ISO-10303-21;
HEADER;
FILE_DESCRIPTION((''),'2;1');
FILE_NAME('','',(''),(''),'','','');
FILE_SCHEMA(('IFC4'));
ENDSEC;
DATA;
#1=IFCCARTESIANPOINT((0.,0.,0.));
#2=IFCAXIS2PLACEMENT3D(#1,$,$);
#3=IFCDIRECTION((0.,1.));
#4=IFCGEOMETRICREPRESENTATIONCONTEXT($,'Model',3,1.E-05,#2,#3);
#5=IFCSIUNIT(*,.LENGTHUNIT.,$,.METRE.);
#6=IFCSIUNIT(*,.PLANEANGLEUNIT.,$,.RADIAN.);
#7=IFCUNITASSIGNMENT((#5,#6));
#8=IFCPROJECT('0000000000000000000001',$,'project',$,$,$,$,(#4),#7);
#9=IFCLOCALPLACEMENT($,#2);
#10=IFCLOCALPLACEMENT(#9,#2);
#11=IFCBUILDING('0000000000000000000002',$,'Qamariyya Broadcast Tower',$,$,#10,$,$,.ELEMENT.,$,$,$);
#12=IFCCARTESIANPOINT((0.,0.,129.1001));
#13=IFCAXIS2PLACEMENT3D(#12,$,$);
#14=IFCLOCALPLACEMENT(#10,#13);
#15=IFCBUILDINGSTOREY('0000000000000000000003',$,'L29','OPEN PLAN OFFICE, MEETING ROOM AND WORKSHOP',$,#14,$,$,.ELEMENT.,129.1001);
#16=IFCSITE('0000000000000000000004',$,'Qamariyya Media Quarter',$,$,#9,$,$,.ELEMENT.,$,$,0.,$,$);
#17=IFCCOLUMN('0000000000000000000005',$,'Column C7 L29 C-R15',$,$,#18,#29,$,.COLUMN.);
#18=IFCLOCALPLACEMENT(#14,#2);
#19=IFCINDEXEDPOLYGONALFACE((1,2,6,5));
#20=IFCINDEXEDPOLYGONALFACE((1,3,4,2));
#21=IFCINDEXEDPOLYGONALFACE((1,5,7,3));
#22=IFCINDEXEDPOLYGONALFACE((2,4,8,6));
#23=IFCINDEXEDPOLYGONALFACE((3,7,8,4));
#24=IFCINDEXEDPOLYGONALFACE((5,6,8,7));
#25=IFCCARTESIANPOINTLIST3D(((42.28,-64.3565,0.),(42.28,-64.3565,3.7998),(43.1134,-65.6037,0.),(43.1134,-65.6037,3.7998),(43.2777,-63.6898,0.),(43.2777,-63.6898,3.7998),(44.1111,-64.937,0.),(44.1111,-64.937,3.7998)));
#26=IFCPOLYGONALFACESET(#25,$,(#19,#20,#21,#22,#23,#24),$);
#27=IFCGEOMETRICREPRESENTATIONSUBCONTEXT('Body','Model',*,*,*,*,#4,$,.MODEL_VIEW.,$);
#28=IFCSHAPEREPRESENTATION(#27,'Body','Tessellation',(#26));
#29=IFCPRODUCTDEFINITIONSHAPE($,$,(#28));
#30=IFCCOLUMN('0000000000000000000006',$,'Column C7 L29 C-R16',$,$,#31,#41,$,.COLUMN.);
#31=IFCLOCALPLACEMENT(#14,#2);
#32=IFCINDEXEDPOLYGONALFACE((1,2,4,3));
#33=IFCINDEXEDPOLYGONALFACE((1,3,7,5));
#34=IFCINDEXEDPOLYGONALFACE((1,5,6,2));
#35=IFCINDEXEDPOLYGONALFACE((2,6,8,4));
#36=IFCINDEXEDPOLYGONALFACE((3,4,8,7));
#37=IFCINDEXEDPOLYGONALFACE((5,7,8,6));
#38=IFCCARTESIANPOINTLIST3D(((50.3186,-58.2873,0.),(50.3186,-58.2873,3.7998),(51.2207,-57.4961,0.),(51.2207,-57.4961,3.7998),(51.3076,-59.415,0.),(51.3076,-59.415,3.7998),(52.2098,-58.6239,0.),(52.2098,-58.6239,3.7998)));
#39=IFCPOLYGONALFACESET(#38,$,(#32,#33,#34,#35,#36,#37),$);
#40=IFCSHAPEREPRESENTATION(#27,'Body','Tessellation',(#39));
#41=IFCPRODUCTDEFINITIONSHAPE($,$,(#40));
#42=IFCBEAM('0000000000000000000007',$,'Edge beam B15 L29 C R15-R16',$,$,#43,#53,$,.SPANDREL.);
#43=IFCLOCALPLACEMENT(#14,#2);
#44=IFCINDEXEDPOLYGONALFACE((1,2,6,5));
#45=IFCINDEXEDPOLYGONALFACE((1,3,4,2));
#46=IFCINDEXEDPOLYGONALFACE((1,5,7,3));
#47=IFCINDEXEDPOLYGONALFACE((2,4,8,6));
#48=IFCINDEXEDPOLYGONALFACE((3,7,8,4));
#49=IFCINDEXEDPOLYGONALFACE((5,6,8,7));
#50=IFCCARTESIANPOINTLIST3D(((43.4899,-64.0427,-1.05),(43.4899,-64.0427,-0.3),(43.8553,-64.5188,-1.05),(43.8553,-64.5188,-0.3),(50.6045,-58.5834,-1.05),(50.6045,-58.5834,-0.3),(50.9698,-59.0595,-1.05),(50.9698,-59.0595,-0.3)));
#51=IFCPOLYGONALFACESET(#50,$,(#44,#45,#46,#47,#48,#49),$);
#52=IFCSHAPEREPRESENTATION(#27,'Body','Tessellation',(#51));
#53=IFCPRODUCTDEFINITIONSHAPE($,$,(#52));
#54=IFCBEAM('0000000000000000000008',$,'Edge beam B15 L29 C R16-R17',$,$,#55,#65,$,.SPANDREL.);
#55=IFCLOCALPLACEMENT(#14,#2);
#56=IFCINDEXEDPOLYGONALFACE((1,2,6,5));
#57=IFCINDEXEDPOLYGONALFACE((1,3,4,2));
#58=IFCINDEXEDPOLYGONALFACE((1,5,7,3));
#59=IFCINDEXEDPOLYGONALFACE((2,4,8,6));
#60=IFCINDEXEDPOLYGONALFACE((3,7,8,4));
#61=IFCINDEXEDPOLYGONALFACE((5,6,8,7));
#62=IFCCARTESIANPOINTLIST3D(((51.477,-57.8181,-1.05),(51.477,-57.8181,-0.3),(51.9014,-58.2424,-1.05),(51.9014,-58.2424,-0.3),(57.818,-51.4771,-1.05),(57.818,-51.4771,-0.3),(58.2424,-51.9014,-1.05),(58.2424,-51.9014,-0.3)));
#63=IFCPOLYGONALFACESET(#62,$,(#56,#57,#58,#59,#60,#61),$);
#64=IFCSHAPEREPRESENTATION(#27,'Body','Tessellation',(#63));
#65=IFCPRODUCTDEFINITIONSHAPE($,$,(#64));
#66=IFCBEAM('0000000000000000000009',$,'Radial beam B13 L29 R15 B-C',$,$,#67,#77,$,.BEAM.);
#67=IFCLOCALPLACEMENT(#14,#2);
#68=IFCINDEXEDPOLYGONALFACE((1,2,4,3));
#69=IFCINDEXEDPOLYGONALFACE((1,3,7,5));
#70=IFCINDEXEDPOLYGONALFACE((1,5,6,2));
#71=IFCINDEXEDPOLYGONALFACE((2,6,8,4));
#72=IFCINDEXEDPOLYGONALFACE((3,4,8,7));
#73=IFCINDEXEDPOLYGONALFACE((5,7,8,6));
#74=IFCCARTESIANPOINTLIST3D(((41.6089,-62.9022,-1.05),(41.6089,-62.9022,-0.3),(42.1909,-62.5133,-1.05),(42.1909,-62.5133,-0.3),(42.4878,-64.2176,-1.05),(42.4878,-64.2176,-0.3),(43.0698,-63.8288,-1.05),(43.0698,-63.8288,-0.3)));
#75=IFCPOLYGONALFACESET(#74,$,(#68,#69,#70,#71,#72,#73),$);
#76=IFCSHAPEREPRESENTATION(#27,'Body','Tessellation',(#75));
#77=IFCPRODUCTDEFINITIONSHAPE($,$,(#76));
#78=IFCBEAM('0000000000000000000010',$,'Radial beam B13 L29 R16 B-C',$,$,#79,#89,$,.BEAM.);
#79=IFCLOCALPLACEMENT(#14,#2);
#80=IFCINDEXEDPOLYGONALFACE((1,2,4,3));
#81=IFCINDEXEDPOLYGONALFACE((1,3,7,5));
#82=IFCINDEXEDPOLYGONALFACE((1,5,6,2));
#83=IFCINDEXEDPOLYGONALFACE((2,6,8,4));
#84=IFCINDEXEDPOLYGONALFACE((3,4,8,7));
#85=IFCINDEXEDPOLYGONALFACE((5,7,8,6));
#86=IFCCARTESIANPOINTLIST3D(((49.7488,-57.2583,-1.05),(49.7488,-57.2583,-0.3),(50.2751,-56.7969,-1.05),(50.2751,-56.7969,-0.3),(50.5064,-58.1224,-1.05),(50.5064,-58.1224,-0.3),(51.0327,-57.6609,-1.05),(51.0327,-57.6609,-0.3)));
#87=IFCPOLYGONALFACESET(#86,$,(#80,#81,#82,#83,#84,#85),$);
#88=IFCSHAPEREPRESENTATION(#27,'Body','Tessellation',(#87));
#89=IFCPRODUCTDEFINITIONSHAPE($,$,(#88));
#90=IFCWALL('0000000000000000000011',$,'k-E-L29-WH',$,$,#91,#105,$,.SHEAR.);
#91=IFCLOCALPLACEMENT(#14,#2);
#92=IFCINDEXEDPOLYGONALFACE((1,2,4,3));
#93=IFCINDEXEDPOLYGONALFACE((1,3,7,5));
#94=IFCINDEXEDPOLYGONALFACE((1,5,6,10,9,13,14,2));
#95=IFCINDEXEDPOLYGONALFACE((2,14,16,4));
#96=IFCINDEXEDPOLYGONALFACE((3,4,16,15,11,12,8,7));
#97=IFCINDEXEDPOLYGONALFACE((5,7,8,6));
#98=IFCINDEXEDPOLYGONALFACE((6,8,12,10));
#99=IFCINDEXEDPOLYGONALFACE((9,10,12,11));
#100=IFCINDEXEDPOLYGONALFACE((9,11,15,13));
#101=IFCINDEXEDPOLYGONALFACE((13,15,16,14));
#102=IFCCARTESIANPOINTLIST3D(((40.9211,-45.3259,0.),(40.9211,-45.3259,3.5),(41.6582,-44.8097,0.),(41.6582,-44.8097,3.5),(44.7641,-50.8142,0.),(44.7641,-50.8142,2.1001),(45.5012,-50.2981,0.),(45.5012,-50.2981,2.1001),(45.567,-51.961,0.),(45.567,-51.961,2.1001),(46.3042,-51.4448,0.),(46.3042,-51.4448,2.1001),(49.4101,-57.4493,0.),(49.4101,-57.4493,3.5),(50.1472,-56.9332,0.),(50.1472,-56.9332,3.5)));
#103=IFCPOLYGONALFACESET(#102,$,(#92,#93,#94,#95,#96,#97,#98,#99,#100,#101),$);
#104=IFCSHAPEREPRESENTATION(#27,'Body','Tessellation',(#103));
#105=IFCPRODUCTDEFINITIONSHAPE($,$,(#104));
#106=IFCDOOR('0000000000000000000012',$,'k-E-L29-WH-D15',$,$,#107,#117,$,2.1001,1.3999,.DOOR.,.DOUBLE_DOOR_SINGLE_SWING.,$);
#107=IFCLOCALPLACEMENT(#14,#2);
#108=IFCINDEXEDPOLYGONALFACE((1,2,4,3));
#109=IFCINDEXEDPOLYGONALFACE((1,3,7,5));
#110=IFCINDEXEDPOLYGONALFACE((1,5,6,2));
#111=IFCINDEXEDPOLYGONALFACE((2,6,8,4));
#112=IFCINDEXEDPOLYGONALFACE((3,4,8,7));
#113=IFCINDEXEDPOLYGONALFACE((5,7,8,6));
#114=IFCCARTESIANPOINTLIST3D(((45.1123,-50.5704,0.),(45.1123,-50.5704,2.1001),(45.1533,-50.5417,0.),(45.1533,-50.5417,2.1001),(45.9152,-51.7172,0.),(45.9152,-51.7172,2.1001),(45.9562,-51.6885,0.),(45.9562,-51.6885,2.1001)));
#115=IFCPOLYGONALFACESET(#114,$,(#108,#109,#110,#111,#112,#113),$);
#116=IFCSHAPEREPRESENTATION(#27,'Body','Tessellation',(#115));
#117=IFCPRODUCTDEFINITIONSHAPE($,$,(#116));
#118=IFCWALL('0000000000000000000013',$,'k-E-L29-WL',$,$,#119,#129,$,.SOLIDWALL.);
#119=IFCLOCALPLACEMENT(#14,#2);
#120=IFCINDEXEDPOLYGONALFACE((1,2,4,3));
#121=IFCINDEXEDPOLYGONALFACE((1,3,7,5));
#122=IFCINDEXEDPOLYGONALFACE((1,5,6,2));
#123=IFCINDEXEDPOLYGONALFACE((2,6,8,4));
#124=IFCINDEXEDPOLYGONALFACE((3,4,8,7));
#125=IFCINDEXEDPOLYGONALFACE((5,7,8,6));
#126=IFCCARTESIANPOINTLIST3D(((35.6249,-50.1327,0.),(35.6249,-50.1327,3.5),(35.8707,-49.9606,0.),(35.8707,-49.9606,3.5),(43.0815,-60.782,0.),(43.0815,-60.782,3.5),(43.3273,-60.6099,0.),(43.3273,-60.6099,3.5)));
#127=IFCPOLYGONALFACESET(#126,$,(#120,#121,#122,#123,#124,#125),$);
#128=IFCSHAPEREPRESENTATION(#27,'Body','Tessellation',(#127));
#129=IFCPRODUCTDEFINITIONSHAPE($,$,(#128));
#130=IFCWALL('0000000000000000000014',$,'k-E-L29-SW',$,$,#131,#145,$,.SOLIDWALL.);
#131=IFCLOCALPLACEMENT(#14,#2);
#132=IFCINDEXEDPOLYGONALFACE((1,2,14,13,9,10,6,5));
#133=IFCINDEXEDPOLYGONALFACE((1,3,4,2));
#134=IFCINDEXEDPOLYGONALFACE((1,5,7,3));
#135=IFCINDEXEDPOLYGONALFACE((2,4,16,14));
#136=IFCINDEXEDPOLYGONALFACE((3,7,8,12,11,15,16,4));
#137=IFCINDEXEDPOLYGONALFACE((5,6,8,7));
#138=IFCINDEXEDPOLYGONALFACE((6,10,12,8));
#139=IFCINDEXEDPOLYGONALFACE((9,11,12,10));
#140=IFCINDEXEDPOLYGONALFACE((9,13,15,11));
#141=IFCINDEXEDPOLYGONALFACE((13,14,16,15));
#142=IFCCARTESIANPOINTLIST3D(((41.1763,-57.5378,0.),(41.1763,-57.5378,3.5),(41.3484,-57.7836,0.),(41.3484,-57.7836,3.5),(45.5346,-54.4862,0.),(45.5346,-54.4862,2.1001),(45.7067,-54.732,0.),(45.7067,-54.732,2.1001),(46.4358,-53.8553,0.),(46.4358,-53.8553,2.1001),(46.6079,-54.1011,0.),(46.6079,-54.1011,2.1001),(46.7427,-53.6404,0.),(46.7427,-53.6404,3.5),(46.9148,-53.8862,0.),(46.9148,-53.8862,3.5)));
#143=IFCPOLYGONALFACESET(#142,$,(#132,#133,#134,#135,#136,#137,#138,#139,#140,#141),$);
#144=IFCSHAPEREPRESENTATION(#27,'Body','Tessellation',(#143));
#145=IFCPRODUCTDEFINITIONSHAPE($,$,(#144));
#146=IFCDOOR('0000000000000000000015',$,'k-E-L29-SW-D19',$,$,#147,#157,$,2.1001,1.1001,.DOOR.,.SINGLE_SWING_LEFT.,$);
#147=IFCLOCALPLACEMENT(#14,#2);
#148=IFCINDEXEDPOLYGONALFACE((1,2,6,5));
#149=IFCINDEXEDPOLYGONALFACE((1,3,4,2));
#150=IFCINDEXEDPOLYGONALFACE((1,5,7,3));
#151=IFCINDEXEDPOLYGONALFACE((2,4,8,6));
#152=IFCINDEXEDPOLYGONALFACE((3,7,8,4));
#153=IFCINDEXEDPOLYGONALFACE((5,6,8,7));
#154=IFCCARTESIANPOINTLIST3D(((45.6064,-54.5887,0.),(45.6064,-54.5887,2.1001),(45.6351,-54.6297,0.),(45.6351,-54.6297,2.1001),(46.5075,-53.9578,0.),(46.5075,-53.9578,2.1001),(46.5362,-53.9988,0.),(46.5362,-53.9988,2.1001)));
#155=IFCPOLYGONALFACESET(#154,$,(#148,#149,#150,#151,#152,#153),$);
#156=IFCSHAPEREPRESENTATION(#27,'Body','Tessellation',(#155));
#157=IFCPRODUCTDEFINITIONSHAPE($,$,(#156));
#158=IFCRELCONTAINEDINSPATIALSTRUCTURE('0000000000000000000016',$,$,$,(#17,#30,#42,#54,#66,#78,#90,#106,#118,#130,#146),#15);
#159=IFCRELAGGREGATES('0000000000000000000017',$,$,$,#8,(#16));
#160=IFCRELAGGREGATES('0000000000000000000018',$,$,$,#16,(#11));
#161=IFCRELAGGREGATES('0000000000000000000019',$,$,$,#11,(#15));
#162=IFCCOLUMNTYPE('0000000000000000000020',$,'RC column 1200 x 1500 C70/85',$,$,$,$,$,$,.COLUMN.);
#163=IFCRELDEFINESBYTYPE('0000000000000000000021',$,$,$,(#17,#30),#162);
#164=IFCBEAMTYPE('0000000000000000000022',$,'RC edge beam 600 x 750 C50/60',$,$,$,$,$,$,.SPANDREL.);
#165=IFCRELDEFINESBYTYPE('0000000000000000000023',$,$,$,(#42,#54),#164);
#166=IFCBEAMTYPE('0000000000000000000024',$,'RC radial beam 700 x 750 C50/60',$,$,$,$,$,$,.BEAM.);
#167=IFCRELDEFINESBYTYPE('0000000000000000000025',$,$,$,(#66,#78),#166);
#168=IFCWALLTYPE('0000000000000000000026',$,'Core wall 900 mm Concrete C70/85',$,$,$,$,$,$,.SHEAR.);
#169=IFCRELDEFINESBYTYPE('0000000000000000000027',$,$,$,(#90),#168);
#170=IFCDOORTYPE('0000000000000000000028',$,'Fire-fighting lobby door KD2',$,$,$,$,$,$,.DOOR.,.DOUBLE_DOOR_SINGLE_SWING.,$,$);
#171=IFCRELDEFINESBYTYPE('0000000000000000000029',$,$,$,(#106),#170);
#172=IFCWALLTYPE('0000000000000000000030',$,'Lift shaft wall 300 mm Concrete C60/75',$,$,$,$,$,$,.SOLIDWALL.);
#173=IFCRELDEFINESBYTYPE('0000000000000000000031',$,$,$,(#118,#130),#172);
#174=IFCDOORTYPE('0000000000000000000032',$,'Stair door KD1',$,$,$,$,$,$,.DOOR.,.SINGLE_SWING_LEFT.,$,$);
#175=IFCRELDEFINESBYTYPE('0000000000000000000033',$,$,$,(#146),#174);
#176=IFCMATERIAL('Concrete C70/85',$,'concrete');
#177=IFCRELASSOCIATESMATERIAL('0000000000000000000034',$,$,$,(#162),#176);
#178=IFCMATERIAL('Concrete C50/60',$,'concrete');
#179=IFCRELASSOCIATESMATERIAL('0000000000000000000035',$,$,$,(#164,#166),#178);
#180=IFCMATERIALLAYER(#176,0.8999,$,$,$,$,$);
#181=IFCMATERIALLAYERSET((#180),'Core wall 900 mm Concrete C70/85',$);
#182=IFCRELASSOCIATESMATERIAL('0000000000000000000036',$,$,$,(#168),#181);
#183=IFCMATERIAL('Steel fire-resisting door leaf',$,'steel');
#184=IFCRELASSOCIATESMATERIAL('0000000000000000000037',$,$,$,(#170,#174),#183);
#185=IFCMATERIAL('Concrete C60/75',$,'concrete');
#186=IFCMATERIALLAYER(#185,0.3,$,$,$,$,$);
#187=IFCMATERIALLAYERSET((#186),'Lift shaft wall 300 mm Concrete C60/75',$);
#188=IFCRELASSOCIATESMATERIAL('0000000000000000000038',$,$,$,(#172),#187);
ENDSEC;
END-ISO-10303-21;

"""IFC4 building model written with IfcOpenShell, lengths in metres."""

from ifc_helpers import new_model, si_unit, direction, frame, frame_2d, origin, origin_2d, place, context, subcontext, project, spatial, rectangle, extrude, material, layer, layer_set, material_profile, profile_set, type_object, element, fill, save


model = new_model("IFC4")

# Units and contexts
model_context = context("Model", 3, precision=1e-05, world=origin(), true_north=direction((0.0, 1.0)))
body_context = subcontext(model_context, "Body", "Model", "MODEL_VIEW")
ifc_project = project(units=[si_unit("LENGTHUNIT", "METRE"), si_unit("PLANEANGLEUNIT", "RADIAN")], contexts=[model_context])

# Site, building, storey
site_placement = place(None, origin())
site = spatial("IfcSite", under=ifc_project, at=site_placement, Name="Qamariyya Media Quarter", CompositionType="ELEMENT", RefElevation=0.0)
building_placement = place(site_placement, origin())
building = spatial("IfcBuilding", under=site, at=building_placement, Name="Qamariyya Broadcast Tower", CompositionType="ELEMENT")
storey_placement = place(building_placement, frame((0.0, 0.0, 129.1001)))
storey = spatial("IfcBuildingStorey", under=building, at=storey_placement, Name="L29", Description="OPEN PLAN OFFICE, MEETING ROOM AND WORKSHOP", CompositionType="ELEMENT", Elevation=129.1001)

# Columns
ifc_material_1 = material(Name="Concrete C70/85", Category="concrete")
ifc_material_profile_1 = material_profile(ifc_material_1, rectangle(XDim=1.2, YDim=1.5, at=origin_2d()))
ifc_profile_set_1 = profile_set([ifc_material_profile_1], Name="Concrete C70/85")
column_type = type_object("IfcColumnType", Name="RC column 1200 x 1500 C70/85", PredefinedType="COLUMN", material=ifc_profile_set_1)
for number, where, z_axis, x_axis, name in (
    (1, (43.1956, -64.6467, 0.0), (0.0, 0.0, 1.0), (0.83147, 0.55557, 0.0), "Column C7 L29 C-R15"),
    (2, (51.2642, -58.4556, 0.0), (0.0, 0.0, 1.0), (0.75184, 0.659346, 0.0), "Column C7 L29 C-R16"),
):
    element("IfcColumn", number, at=place(storey_placement, frame(where, z_axis=z_axis, x_axis=x_axis)), inside=storey, type_object=column_type, Name=name, PredefinedType="COLUMN", context=body_context, shape_type="SweptSolid", body=[
        extrude(rectangle(XDim=1.2, YDim=1.5, at=origin_2d()), origin(), (0.0, 0.0, 1.0), 3.7998),
    ])

# Beams
ifc_material_2 = material(Name="Concrete C50/60", Category="concrete")
ifc_material_profile_2 = material_profile(ifc_material_2, rectangle(XDim=0.6001, YDim=0.75, at=origin_2d()))
ifc_profile_set_2 = profile_set([ifc_material_profile_2], Name="Concrete C50/60")
beam_type_1 = type_object("IfcBeamType", Name="RC edge beam 600 x 750 C50/60", PredefinedType="SPANDREL", material=ifc_profile_set_2)
beam_1_placement = place(storey_placement, frame((43.6726, -64.2808, -0.675), z_axis=(0.793349, 0.608767, 0.0), x_axis=(-0.608767, 0.793349, 0.0)))
element("IfcBeam", 3, at=beam_1_placement, inside=storey, type_object=beam_type_1, Name="Edge beam B15 L29 C R15-R16", PredefinedType="SPANDREL", context=body_context, shape_type="SweptSolid", body=[
    extrude(rectangle(XDim=0.6001, YDim=0.75, at=origin_2d()), origin(), (0.0, 0.0, 1.0), 8.9678),
])
beam_2_placement = place(storey_placement, frame((51.6892, -58.0303, -0.675), z_axis=(0.707107, 0.707107, 0.0), x_axis=(-0.707107, 0.707107, 0.0)))
element("IfcBeam", 4, at=beam_2_placement, inside=storey, type_object=beam_type_1, Name="Edge beam B15 L29 C R16-R17", PredefinedType="SPANDREL", context=body_context, shape_type="SweptSolid", body=[
    extrude(rectangle(XDim=0.6001, YDim=0.75, at=origin_2d()), origin(), (0.0, 0.0, 1.0), 8.9675),
])
ifc_material_profile_3 = material_profile(ifc_material_2, rectangle(XDim=0.7, YDim=0.75, at=origin_2d()))
ifc_profile_set_3 = profile_set([ifc_material_profile_3], Name="Concrete C50/60")
beam_type_2 = type_object("IfcBeamType", Name="RC radial beam 700 x 750 C50/60", PredefinedType="BEAM", material=ifc_profile_set_3)
beam_3_placement = place(storey_placement, frame((41.8999, -62.7078, -0.675), z_axis=(0.555555, -0.83148, 0.0), x_axis=(0.83148, 0.555555, 0.0)))
element("IfcBeam", 5, at=beam_3_placement, inside=storey, type_object=beam_type_2, Name="Radial beam B13 L29 R15 B-C", PredefinedType="BEAM", context=body_context, shape_type="SweptSolid", body=[
    extrude(rectangle(XDim=0.7, YDim=0.75, at=origin_2d()), origin(), (0.0, 0.0, 1.0), 1.582),
])
beam_4_placement = place(storey_placement, frame((50.012, -57.0276, -0.675), z_axis=(0.659271, -0.751905, 0.0), x_axis=(0.751905, 0.659271, 0.0)))
element("IfcBeam", 6, at=beam_4_placement, inside=storey, type_object=beam_type_2, Name="Radial beam B13 L29 R16 B-C", PredefinedType="BEAM", context=body_context, shape_type="SweptSolid", body=[
    extrude(rectangle(XDim=0.7, YDim=0.75, at=origin_2d()), origin(), (0.0, 0.0, 1.0), 1.1492),
])

# Wall, opening, door
ifc_layer_1 = layer(ifc_material_1, 0.8999)
ifc_layer_set_1 = layer_set([ifc_layer_1], Name="Core wall 900 mm Concrete C70/85")
wall_type_1 = type_object("IfcWallType", Name="Core wall 900 mm Concrete C70/85", PredefinedType="SHEAR", material=ifc_layer_set_1)
wall_1_placement = place(storey_placement, frame((49.7786, -57.1912, 0.0), z_axis=(0.0, 0.0, 1.0), x_axis=(-0.573577, 0.819151, 0.0)))
wall_1 = element("IfcWall", 7, at=wall_1_placement, inside=storey, type_object=wall_type_1, Name="k-E-L29-WH", PredefinedType="SHEAR", context=body_context, shape_type="SweptSolid", body=[
    extrude(rectangle(XDim=14.8, YDim=0.8999, at=frame_2d((7.3999, 0.0))), origin(), (0.0, 0.0, 1.0), 3.5),
])
opening_1_placement = place(wall_1_placement, frame((6.7, 0.0, 0.0)))
opening_1 = element("IfcOpeningElement", 8, at=opening_1_placement, cuts=wall_1, PredefinedType="OPENING", context=body_context, shape_type="SweptSolid", body=[
    extrude(rectangle(XDim=1.3999, YDim=2.1001, at=frame_2d((0.7, 1.05))), frame((0.0, 0.46, 0.0), z_axis=(0.0, -1.0, 0.0), x_axis=(1.0, 0.0, 0.0)), (0.0, 0.0, 1.0), 0.9199),
])
ifc_material_3 = material(Name="Steel fire-resisting door leaf", Category="steel")
door_type_1 = type_object("IfcDoorType", Name="Fire-fighting lobby door KD2", OperationType="DOUBLE_DOOR_SINGLE_SWING", PredefinedType="DOOR", material=ifc_material_3)
door_1_placement = place(opening_1_placement, origin())
door_1 = element("IfcDoor", 9, at=door_1_placement, inside=storey, type_object=door_type_1, Name="k-E-L29-WH-D15", OperationType="DOUBLE_DOOR_SINGLE_SWING", OverallHeight=2.1001, OverallWidth=1.3999, PredefinedType="DOOR", context=body_context, shape_type="SweptSolid", body=[
    extrude(rectangle(XDim=1.3999, YDim=2.1001, at=frame_2d((0.7, 1.05))), frame((0.0, 0.0249, 0.0), z_axis=(0.0, -1.0, 0.0), x_axis=(1.0, 0.0, 0.0)), (0.0, 0.0, 1.0), 0.05),
])
fill(opening_1, door_1)

# Wall
ifc_material_4 = material(Name="Concrete C60/75", Category="concrete")
ifc_layer_2 = layer(ifc_material_4, 0.3)
ifc_layer_set_2 = layer_set([ifc_layer_2], Name="Lift shaft wall 300 mm Concrete C60/75")
wall_type_2 = type_object("IfcWallType", Name="Lift shaft wall 300 mm Concrete C60/75", PredefinedType="SOLIDWALL", material=ifc_layer_set_2)
wall_2_placement = place(storey_placement, frame((43.2043, -60.6958, 0.0), z_axis=(0.0, 0.0, 1.0), x_axis=(-0.573572, 0.819155, 0.0)))
element("IfcWall", 10, at=wall_2_placement, inside=storey, type_object=wall_type_2, Name="k-E-L29-WL", PredefinedType="SOLIDWALL", context=body_context, shape_type="SweptSolid", body=[
    extrude(rectangle(XDim=13.0002, YDim=0.3, at=frame_2d((6.5, 0.0))), origin(), (0.0, 0.0, 1.0), 3.5),
])

# Wall, opening, door
wall_3_placement = place(storey_placement, frame((41.2625, -57.6606, 0.0), z_axis=(0.0, 0.0, 1.0), x_axis=(0.819164, 0.573559, 0.0)))
wall_3 = element("IfcWall", 11, at=wall_3_placement, inside=storey, type_object=wall_type_2, Name="k-E-L29-SW", PredefinedType="SOLIDWALL", context=body_context, shape_type="SweptSolid", body=[
    extrude(rectangle(XDim=6.7952, YDim=0.3, at=frame_2d((3.3975, 0.0))), origin(), (0.0, 0.0, 1.0), 3.5),
])
opening_2_placement = place(wall_3_placement, frame((5.3203, 0.0, 0.0)))
opening_2 = element("IfcOpeningElement", 12, at=opening_2_placement, cuts=wall_3, PredefinedType="OPENING", context=body_context, shape_type="SweptSolid", body=[
    extrude(rectangle(XDim=1.1001, YDim=2.1001, at=frame_2d((0.55, 1.05))), frame((0.0, 0.1599, 0.0), z_axis=(0.0, -1.0, 0.0), x_axis=(1.0, 0.0, 0.0)), (0.0, 0.0, 1.0), 0.3201),
])
door_type_2 = type_object("IfcDoorType", Name="Stair door KD1", OperationType="SINGLE_SWING_LEFT", PredefinedType="DOOR", material=ifc_material_3)
door_2_placement = place(opening_2_placement, origin())
door_2 = element("IfcDoor", 13, at=door_2_placement, inside=storey, type_object=door_type_2, Name="k-E-L29-SW-D19", OperationType="SINGLE_SWING_LEFT", OverallHeight=2.1001, OverallWidth=1.1001, PredefinedType="DOOR", context=body_context, shape_type="SweptSolid", body=[
    extrude(rectangle(XDim=1.1001, YDim=2.1001, at=frame_2d((0.55, 1.05))), frame((0.0, 0.0249, 0.0), z_axis=(0.0, -1.0, 0.0), x_axis=(1.0, 0.0, 0.0)), (0.0, 0.0, 1.0), 0.05),
])
fill(opening_2, door_2)

save(model, "model.ifc")
